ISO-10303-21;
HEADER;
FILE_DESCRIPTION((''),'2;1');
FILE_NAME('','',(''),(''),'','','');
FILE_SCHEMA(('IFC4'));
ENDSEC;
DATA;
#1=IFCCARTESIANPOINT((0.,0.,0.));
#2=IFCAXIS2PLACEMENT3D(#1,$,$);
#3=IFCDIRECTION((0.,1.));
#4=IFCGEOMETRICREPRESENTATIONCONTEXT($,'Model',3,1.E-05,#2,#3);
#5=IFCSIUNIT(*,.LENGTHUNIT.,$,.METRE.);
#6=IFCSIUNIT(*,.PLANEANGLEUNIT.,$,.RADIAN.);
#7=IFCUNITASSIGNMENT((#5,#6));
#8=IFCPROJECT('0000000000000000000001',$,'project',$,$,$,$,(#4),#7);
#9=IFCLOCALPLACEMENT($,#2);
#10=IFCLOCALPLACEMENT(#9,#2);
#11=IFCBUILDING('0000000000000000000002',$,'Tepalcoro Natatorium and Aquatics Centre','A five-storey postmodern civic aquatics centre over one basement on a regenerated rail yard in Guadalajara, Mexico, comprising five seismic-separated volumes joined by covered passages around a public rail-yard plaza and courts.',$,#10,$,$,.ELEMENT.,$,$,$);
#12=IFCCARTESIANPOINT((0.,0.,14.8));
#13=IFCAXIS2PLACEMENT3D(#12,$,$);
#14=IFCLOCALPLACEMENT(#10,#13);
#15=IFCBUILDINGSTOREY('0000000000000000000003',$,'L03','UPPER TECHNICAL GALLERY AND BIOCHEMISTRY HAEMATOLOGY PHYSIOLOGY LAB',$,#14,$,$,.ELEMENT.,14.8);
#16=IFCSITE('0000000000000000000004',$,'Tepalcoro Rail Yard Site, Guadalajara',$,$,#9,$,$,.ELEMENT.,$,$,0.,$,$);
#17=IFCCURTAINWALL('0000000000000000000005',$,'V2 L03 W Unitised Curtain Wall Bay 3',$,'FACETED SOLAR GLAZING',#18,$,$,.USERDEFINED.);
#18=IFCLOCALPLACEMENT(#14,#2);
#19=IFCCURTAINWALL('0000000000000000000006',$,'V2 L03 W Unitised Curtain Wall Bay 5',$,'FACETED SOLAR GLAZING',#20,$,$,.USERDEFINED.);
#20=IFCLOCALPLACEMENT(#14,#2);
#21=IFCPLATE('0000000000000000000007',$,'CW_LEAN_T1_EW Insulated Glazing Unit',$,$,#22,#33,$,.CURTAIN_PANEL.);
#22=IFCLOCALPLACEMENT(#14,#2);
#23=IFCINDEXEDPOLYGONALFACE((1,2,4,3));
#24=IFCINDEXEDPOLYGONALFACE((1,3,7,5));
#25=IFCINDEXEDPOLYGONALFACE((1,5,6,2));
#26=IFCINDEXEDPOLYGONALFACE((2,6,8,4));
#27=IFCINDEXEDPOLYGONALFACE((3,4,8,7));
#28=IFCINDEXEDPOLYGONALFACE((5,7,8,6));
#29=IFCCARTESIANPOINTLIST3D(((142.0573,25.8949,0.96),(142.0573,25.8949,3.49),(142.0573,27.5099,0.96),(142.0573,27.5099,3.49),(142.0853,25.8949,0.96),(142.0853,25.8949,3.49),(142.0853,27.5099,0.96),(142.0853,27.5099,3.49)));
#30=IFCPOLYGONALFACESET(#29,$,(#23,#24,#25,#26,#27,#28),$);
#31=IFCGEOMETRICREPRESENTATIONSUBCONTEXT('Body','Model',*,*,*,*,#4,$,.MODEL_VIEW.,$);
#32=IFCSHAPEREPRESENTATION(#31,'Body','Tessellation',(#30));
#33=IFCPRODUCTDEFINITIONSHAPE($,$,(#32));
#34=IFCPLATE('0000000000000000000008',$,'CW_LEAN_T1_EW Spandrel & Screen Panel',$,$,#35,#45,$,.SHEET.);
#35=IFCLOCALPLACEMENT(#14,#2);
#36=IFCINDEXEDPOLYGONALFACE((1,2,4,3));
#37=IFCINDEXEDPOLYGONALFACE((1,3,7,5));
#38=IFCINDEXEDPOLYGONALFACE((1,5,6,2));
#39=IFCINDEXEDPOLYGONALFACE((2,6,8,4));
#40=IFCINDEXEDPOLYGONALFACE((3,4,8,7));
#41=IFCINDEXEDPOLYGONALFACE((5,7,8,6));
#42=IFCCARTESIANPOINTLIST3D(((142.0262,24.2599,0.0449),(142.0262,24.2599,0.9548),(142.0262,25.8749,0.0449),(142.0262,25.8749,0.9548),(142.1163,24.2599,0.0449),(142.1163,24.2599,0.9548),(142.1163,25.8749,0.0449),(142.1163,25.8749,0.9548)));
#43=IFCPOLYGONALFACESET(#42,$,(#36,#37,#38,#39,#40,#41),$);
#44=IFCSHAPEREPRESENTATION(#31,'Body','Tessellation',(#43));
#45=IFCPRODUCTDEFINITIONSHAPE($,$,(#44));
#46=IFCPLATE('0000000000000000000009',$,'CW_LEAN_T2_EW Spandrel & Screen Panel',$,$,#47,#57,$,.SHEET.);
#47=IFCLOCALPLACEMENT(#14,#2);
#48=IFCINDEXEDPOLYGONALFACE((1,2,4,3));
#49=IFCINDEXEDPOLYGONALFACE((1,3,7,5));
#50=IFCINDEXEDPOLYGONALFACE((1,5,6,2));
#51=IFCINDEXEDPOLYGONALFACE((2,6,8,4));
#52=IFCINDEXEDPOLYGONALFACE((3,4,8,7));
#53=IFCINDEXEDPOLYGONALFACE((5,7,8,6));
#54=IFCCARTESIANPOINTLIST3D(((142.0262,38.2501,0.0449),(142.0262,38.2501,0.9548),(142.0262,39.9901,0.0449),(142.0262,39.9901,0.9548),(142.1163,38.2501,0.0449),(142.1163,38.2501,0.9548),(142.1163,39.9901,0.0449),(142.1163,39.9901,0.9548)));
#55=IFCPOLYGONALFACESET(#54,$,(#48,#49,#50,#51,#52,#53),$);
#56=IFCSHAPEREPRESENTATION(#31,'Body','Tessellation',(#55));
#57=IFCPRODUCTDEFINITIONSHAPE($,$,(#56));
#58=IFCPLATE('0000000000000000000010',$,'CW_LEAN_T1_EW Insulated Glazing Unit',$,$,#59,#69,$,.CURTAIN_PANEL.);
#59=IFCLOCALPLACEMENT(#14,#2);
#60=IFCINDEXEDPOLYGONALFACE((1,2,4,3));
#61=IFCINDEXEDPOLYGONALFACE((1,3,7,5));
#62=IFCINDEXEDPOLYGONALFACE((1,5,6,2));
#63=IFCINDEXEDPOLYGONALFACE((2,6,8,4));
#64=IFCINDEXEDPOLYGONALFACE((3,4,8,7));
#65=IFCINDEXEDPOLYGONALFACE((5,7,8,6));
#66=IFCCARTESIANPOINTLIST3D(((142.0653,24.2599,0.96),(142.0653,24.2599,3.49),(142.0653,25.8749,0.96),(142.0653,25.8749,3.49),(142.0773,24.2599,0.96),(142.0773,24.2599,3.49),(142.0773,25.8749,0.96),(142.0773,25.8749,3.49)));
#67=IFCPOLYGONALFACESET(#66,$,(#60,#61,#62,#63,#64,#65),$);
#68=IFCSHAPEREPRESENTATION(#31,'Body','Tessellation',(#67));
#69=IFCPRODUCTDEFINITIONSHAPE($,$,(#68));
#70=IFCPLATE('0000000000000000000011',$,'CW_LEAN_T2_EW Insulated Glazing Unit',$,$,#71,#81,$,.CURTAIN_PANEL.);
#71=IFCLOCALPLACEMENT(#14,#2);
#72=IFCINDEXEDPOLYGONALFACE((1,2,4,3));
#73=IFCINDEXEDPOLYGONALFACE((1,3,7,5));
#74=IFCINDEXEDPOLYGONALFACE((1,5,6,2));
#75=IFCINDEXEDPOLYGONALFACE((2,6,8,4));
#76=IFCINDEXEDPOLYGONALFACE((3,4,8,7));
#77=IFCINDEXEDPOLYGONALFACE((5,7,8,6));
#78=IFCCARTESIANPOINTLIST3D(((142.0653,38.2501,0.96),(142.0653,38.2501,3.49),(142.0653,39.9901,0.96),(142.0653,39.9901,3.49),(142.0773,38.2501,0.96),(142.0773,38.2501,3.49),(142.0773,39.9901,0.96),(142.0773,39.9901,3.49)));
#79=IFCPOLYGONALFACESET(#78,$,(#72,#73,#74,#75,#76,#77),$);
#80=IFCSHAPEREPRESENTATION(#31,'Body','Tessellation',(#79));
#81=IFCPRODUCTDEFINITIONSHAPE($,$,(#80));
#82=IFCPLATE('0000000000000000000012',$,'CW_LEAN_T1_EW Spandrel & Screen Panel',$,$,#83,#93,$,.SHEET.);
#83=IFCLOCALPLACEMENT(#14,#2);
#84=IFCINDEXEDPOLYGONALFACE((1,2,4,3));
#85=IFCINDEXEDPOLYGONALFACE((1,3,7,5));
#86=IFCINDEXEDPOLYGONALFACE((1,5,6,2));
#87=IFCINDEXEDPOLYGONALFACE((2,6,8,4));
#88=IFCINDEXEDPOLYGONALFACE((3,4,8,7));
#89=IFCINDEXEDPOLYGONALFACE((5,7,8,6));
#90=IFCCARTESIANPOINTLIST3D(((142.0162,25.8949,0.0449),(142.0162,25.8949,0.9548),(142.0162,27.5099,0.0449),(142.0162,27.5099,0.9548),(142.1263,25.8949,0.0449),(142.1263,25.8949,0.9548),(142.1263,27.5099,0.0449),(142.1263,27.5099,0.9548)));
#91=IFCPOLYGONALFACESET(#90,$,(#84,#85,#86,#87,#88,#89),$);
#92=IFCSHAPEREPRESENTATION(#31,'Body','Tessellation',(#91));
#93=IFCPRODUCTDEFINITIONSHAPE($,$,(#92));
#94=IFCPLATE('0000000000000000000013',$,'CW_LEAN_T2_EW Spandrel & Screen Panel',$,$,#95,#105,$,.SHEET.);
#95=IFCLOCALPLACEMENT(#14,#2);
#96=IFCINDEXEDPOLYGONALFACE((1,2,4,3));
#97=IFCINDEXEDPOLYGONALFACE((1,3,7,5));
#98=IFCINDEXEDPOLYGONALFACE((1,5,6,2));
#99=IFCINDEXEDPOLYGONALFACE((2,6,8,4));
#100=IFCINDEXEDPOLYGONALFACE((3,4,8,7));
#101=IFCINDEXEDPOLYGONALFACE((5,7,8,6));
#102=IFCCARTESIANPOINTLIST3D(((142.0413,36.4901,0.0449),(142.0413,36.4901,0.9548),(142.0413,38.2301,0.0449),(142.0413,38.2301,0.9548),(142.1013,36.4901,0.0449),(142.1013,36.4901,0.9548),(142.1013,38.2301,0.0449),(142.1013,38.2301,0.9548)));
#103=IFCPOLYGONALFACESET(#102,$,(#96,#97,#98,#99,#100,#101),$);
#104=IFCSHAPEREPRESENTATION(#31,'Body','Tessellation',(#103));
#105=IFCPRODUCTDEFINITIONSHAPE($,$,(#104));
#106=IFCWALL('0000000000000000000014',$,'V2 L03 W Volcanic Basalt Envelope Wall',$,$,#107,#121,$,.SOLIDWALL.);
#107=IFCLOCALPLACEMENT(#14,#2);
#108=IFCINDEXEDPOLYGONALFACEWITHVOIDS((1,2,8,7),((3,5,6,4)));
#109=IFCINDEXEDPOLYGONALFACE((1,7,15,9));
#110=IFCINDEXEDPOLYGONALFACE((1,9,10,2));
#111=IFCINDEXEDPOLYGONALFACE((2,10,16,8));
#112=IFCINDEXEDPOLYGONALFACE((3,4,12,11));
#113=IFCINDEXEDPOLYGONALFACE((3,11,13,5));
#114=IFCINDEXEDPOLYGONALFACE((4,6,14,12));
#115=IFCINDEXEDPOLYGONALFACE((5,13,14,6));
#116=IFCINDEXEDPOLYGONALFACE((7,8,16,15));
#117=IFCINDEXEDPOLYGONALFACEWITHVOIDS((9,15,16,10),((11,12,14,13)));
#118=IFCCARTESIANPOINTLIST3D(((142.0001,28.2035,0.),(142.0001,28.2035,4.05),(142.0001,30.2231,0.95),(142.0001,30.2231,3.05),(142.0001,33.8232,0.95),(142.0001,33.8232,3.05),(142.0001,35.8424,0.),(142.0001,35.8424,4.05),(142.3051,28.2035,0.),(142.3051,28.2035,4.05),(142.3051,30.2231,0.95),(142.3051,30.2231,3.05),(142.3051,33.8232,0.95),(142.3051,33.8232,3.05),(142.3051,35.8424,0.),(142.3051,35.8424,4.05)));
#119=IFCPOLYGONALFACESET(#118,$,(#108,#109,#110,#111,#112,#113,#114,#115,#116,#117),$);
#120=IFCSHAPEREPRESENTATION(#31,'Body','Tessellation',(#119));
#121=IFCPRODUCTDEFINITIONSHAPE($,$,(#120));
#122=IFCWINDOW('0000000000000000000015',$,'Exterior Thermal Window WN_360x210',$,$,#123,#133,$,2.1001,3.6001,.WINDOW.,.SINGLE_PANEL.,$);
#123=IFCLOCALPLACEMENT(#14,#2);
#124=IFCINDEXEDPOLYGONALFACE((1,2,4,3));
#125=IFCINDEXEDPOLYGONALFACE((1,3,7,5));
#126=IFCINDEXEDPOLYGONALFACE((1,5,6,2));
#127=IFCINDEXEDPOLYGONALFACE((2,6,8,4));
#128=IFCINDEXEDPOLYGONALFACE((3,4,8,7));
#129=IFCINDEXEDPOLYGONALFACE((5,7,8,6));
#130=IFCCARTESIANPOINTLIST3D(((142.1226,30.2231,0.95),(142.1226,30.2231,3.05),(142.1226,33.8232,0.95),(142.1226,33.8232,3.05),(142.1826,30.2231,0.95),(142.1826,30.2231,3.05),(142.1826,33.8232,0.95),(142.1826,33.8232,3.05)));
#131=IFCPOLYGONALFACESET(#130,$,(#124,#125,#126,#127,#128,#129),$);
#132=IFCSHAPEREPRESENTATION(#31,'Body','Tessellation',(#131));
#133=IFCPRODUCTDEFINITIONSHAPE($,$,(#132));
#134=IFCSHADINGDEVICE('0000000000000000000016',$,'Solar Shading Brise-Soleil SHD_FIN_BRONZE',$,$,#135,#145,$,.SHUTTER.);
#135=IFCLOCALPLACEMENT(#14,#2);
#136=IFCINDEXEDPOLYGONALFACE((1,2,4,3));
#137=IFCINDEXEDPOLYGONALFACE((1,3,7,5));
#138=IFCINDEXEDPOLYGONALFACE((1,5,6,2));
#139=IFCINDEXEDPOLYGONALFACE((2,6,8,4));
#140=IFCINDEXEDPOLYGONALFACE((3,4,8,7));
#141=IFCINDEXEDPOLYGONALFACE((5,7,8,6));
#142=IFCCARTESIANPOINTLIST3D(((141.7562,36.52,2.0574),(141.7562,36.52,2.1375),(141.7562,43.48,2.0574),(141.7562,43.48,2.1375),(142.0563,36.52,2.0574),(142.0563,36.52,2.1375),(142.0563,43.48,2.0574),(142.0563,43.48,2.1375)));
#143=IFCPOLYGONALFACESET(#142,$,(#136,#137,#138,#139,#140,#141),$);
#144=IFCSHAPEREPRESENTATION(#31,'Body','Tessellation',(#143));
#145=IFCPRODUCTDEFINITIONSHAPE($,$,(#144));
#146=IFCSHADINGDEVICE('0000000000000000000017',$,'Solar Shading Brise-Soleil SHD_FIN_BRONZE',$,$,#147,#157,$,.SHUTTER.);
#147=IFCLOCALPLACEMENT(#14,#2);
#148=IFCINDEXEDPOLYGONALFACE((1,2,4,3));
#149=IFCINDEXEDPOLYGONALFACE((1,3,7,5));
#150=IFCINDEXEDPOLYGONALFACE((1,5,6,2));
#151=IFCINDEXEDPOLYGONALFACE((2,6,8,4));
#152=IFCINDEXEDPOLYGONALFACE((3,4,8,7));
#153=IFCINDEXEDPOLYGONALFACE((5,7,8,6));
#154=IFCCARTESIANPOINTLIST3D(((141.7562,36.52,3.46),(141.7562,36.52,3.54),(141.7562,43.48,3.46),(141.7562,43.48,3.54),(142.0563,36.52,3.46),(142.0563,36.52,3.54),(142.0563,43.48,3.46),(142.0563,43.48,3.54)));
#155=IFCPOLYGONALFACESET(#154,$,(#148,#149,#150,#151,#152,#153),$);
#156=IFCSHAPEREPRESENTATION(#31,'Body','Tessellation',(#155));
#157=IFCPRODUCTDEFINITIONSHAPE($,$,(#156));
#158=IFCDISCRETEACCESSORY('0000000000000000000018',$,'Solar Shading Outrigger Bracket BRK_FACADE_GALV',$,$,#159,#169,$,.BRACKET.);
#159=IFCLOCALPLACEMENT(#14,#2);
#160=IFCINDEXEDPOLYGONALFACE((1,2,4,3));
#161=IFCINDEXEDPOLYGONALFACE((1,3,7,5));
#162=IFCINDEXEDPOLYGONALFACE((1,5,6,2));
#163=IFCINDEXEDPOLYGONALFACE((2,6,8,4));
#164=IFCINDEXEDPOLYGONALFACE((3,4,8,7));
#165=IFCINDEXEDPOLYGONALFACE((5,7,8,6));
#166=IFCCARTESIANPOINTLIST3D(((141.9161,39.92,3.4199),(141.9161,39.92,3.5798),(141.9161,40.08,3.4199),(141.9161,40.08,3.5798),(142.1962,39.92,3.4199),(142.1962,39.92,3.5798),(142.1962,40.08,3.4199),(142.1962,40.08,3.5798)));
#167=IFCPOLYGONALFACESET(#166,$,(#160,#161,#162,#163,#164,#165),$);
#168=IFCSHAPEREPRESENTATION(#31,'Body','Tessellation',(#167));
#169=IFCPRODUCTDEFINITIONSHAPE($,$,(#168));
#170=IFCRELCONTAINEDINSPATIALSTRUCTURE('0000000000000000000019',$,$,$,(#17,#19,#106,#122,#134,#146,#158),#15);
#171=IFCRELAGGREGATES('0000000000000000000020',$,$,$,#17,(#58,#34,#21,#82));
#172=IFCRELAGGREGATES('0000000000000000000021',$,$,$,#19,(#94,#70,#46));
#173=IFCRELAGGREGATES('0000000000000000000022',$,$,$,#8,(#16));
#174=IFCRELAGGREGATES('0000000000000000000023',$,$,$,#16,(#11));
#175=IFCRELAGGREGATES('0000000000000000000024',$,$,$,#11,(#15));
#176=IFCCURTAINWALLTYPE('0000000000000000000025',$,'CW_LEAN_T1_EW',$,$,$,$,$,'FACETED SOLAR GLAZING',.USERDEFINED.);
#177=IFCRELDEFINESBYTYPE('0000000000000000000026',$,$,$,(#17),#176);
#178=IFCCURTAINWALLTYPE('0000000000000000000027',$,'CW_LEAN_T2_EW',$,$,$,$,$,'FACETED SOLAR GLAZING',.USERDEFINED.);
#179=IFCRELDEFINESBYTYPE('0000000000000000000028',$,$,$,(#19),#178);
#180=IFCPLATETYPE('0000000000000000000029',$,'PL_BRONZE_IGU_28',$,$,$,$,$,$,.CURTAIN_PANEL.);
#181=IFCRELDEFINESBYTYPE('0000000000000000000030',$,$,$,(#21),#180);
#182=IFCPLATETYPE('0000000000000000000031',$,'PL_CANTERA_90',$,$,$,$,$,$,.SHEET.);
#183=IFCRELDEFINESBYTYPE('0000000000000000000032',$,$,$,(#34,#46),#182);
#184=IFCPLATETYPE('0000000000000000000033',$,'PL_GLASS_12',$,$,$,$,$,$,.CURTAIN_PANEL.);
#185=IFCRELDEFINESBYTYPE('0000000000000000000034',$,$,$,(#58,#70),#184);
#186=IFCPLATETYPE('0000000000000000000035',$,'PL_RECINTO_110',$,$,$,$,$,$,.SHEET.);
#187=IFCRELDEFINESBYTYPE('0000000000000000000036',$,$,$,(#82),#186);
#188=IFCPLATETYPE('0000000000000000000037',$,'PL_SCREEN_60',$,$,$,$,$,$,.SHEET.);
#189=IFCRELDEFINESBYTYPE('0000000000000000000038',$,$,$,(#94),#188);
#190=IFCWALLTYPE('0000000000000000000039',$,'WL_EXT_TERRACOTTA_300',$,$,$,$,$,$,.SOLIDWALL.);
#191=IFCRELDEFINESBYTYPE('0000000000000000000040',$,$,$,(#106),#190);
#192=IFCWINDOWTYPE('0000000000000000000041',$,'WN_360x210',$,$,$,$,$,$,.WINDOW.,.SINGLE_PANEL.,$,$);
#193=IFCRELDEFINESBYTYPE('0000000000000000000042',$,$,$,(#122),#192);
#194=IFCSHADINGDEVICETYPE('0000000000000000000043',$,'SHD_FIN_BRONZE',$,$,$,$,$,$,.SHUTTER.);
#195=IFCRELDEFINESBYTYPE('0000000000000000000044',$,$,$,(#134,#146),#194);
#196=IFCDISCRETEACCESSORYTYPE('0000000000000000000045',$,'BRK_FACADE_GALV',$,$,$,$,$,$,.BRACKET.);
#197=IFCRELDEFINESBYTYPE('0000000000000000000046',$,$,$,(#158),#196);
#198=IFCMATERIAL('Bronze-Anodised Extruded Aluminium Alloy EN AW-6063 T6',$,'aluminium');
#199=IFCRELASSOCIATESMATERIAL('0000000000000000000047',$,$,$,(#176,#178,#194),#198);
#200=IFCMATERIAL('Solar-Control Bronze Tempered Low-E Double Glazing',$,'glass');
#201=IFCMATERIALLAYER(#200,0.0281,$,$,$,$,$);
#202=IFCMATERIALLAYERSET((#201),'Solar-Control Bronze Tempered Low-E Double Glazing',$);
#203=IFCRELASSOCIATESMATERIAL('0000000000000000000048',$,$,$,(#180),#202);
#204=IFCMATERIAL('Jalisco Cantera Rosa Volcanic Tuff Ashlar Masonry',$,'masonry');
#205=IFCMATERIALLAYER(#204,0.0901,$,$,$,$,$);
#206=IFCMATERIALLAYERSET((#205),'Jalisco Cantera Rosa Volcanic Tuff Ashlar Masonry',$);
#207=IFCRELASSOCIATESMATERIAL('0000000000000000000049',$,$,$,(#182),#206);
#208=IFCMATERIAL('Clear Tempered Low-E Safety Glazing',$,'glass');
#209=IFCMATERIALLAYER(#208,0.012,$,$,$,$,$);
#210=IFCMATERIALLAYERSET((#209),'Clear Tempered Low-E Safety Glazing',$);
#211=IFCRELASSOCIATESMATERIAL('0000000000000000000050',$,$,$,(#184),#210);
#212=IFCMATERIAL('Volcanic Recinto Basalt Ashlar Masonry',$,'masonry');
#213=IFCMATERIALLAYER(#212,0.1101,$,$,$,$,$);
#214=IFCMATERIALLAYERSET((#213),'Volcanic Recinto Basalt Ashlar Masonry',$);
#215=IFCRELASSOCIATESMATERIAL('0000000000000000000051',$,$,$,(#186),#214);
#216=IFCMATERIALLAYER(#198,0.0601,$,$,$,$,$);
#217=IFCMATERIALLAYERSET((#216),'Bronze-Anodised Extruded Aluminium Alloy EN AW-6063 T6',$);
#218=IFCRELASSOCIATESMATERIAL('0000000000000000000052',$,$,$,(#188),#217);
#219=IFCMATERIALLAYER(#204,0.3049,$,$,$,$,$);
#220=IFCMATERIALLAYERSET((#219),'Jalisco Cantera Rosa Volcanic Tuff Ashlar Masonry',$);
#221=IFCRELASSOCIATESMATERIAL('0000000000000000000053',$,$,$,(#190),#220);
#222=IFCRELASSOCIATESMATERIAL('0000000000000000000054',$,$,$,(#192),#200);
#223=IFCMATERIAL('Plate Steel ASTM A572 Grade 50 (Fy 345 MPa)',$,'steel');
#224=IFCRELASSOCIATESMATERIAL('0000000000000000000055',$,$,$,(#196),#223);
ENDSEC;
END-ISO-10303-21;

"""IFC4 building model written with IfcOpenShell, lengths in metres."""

from ifc_helpers import new_model, si_unit, direction, frame, frame_2d, origin, origin_2d, place, context, subcontext, project, spatial, rectangle, extrude, material, layer, layer_set, type_object, element, fill, aggregate, save


model = new_model("IFC4")

# Units and contexts
model_context = context("Model", 3, precision=1e-05, world=origin(), true_north=direction((0.0, 1.0)))
body_context = subcontext(model_context, "Body", "Model", "MODEL_VIEW")
ifc_project = project(units=[si_unit("LENGTHUNIT", "METRE"), si_unit("PLANEANGLEUNIT", "RADIAN")], contexts=[model_context])

# Site, building, storey
site_placement = place(None, origin())
site = spatial("IfcSite", under=ifc_project, at=site_placement, Name="Tepalcoro Rail Yard Site, Guadalajara", CompositionType="ELEMENT", RefElevation=0.0)
building_placement = place(site_placement, origin())
building = spatial("IfcBuilding", under=site, at=building_placement, Name="Tepalcoro Natatorium and Aquatics Centre", Description="A five-storey postmodern civic aquatics centre over one basement on a regenerated rail yard in Guadalajara, Mexico, comprising five seismic-separated volumes joined by covered passages around a public rail-yard plaza and courts.", CompositionType="ELEMENT")
storey_placement = place(building_placement, frame((0.0, 0.0, 14.8)))
storey = spatial("IfcBuildingStorey", under=building, at=storey_placement, Name="L03", Description="UPPER TECHNICAL GALLERY AND BIOCHEMISTRY HAEMATOLOGY PHYSIOLOGY LAB", CompositionType="ELEMENT", Elevation=14.8)

# Curtain walls
ifc_material_1 = material(Name="Bronze-Anodised Extruded Aluminium Alloy EN AW-6063 T6", Category="aluminium")
curtain_wall_type_1 = type_object("IfcCurtainWallType", Name="CW_LEAN_T1_EW", ElementType="FACETED SOLAR GLAZING", PredefinedType="USERDEFINED", material=ifc_material_1)
curtain_wall_1_placement = place(storey_placement, origin())
curtain_wall_1 = element("IfcCurtainWall", 1, at=curtain_wall_1_placement, inside=storey, type_object=curtain_wall_type_1, Name="V2 L03 W Unitised Curtain Wall Bay 3", ObjectType="FACETED SOLAR GLAZING", PredefinedType="USERDEFINED")
curtain_wall_type_2 = type_object("IfcCurtainWallType", Name="CW_LEAN_T2_EW", ElementType="FACETED SOLAR GLAZING", PredefinedType="USERDEFINED", material=ifc_material_1)
curtain_wall_2_placement = place(storey_placement, origin())
curtain_wall_2 = element("IfcCurtainWall", 2, at=curtain_wall_2_placement, inside=storey, type_object=curtain_wall_type_2, Name="V2 L03 W Unitised Curtain Wall Bay 5", ObjectType="FACETED SOLAR GLAZING", PredefinedType="USERDEFINED")

# Plates
ifc_material_2 = material(Name="Solar-Control Bronze Tempered Low-E Double Glazing", Category="glass")
ifc_layer_1 = layer(ifc_material_2, 0.0281)
ifc_layer_set_1 = layer_set([ifc_layer_1], Name="Solar-Control Bronze Tempered Low-E Double Glazing")
plate_type_1 = type_object("IfcPlateType", Name="PL_BRONZE_IGU_28", PredefinedType="CURTAIN_PANEL", material=ifc_layer_set_1)
plate_1_placement = place(storey_placement, frame((142.0713, 26.7024, 0.96), z_axis=(0.0, 0.0, 1.0), x_axis=(1.0, 0.0, 0.0)))
plate_1 = element("IfcPlate", 3, at=plate_1_placement, type_object=plate_type_1, Name="CW_LEAN_T1_EW Insulated Glazing Unit", PredefinedType="CURTAIN_PANEL", context=body_context, shape_type="SweptSolid", body=[
    extrude(rectangle(XDim=0.0281, YDim=1.615, at=origin_2d()), origin(), (0.0, 0.0, 1.0), 2.53),
])
ifc_material_3 = material(Name="Jalisco Cantera Rosa Volcanic Tuff Ashlar Masonry", Category="masonry")
ifc_layer_2 = layer(ifc_material_3, 0.0901)
ifc_layer_set_2 = layer_set([ifc_layer_2], Name="Jalisco Cantera Rosa Volcanic Tuff Ashlar Masonry")
plate_type_2 = type_object("IfcPlateType", Name="PL_CANTERA_90", PredefinedType="SHEET", material=ifc_layer_set_2)
plate_2_placement = place(storey_placement, frame((142.0713, 25.0674, 0.0449), z_axis=(0.0, 0.0, 1.0), x_axis=(1.0, 0.0, 0.0)))
plate_2 = element("IfcPlate", 4, at=plate_2_placement, type_object=plate_type_2, Name="CW_LEAN_T1_EW Spandrel & Screen Panel", PredefinedType="SHEET", context=body_context, shape_type="SweptSolid", body=[
    extrude(rectangle(XDim=0.0901, YDim=1.615, at=origin_2d()), origin(), (0.0, 0.0, 1.0), 0.9099),
])
plate_3_placement = place(storey_placement, frame((142.0713, 39.1201, 0.0449), z_axis=(0.0, 0.0, 1.0), x_axis=(1.0, 0.0, 0.0)))
plate_3 = element("IfcPlate", 5, at=plate_3_placement, type_object=plate_type_2, Name="CW_LEAN_T2_EW Spandrel & Screen Panel", PredefinedType="SHEET", context=body_context, shape_type="SweptSolid", body=[
    extrude(rectangle(XDim=0.0901, YDim=1.74, at=origin_2d()), origin(), (0.0, 0.0, 1.0), 0.9099),
])
ifc_material_4 = material(Name="Clear Tempered Low-E Safety Glazing", Category="glass")
ifc_layer_3 = layer(ifc_material_4, 0.012)
ifc_layer_set_3 = layer_set([ifc_layer_3], Name="Clear Tempered Low-E Safety Glazing")
plate_type_3 = type_object("IfcPlateType", Name="PL_GLASS_12", PredefinedType="CURTAIN_PANEL", material=ifc_layer_set_3)
plate_4_placement = place(storey_placement, frame((142.0713, 25.0674, 0.96), z_axis=(0.0, 0.0, 1.0), x_axis=(1.0, 0.0, 0.0)))
plate_4 = element("IfcPlate", 6, at=plate_4_placement, type_object=plate_type_3, Name="CW_LEAN_T1_EW Insulated Glazing Unit", PredefinedType="CURTAIN_PANEL", context=body_context, shape_type="SweptSolid", body=[
    extrude(rectangle(XDim=0.012, YDim=1.615, at=origin_2d()), origin(), (0.0, 0.0, 1.0), 2.53),
])
plate_5_placement = place(storey_placement, frame((142.0713, 39.1201, 0.96), z_axis=(0.0, 0.0, 1.0), x_axis=(1.0, 0.0, 0.0)))
plate_5 = element("IfcPlate", 7, at=plate_5_placement, type_object=plate_type_3, Name="CW_LEAN_T2_EW Insulated Glazing Unit", PredefinedType="CURTAIN_PANEL", context=body_context, shape_type="SweptSolid", body=[
    extrude(rectangle(XDim=0.012, YDim=1.74, at=origin_2d()), origin(), (0.0, 0.0, 1.0), 2.53),
])
ifc_material_5 = material(Name="Volcanic Recinto Basalt Ashlar Masonry", Category="masonry")
ifc_layer_4 = layer(ifc_material_5, 0.1101)
ifc_layer_set_4 = layer_set([ifc_layer_4], Name="Volcanic Recinto Basalt Ashlar Masonry")
plate_type_4 = type_object("IfcPlateType", Name="PL_RECINTO_110", PredefinedType="SHEET", material=ifc_layer_set_4)
plate_6_placement = place(storey_placement, frame((142.0713, 26.7024, 0.0449), z_axis=(0.0, 0.0, 1.0), x_axis=(1.0, 0.0, 0.0)))
plate_6 = element("IfcPlate", 8, at=plate_6_placement, type_object=plate_type_4, Name="CW_LEAN_T1_EW Spandrel & Screen Panel", PredefinedType="SHEET", context=body_context, shape_type="SweptSolid", body=[
    extrude(rectangle(XDim=0.1101, YDim=1.615, at=origin_2d()), origin(), (0.0, 0.0, 1.0), 0.9099),
])
aggregate(curtain_wall_1, [plate_4, plate_2, plate_1, plate_6])
ifc_layer_5 = layer(ifc_material_1, 0.0601)
ifc_layer_set_5 = layer_set([ifc_layer_5], Name="Bronze-Anodised Extruded Aluminium Alloy EN AW-6063 T6")
plate_type_5 = type_object("IfcPlateType", Name="PL_SCREEN_60", PredefinedType="SHEET", material=ifc_layer_set_5)
plate_7_placement = place(storey_placement, frame((142.0713, 37.3601, 0.0449), z_axis=(0.0, 0.0, 1.0), x_axis=(1.0, 0.0, 0.0)))
plate_7 = element("IfcPlate", 9, at=plate_7_placement, type_object=plate_type_5, Name="CW_LEAN_T2_EW Spandrel & Screen Panel", PredefinedType="SHEET", context=body_context, shape_type="SweptSolid", body=[
    extrude(rectangle(XDim=0.0601, YDim=1.74, at=origin_2d()), origin(), (0.0, 0.0, 1.0), 0.9099),
])
aggregate(curtain_wall_2, [plate_7, plate_5, plate_3])

# Wall, opening, window
ifc_layer_6 = layer(ifc_material_3, 0.3049)
ifc_layer_set_6 = layer_set([ifc_layer_6], Name="Jalisco Cantera Rosa Volcanic Tuff Ashlar Masonry")
wall_type = type_object("IfcWallType", Name="WL_EXT_TERRACOTTA_300", PredefinedType="SOLIDWALL", material=ifc_layer_set_6)
wall_placement = place(storey_placement, frame((142.1526, 28.2036, 0.0), z_axis=(0.0, 0.0, 1.0), x_axis=(0.0, 1.0, 0.0)))
wall = element("IfcWall", 10, at=wall_placement, inside=storey, type_object=wall_type, Name="V2 L03 W Volcanic Basalt Envelope Wall", PredefinedType="SOLIDWALL", context=body_context, shape_type="SweptSolid", body=[
    extrude(rectangle(XDim=7.6389, YDim=0.3049, at=frame_2d((3.8193, 0.0))), origin(), (0.0, 0.0, 1.0), 4.05),
])
opening_placement = place(wall_placement, frame((2.0195, 0.0, 0.95)))
opening = element("IfcOpeningElement", 11, at=opening_placement, cuts=wall, PredefinedType="OPENING", context=body_context, shape_type="SweptSolid", body=[
    extrude(rectangle(XDim=3.6001, YDim=2.1001, at=frame_2d((1.8, 1.05))), frame((0.0, 0.1646, 0.0), z_axis=(0.0, -1.0, 0.0), x_axis=(1.0, 0.0, 0.0)), (0.0, 0.0, 1.0), 0.3289),
])
window_type = type_object("IfcWindowType", Name="WN_360x210", PartitioningType="SINGLE_PANEL", PredefinedType="WINDOW", material=ifc_material_2)
window_placement = place(opening_placement, origin())
window = element("IfcWindow", 12, at=window_placement, inside=storey, type_object=window_type, Name="Exterior Thermal Window WN_360x210", OverallHeight=2.1001, OverallWidth=3.6001, PartitioningType="SINGLE_PANEL", PredefinedType="WINDOW", context=body_context, shape_type="SweptSolid", body=[
    extrude(rectangle(XDim=3.6001, YDim=2.1001, at=frame_2d((1.8, 1.05))), frame((0.0, 0.03, 0.0), z_axis=(0.0, -1.0, 0.0), x_axis=(1.0, 0.0, 0.0)), (0.0, 0.0, 1.0), 0.0601),
])
fill(opening, window)

# Shading devices
shading_device_type = type_object("IfcShadingDeviceType", Name="SHD_FIN_BRONZE", PredefinedType="SHUTTER", material=ifc_material_1)
for number, where, z_axis, x_axis, name in (
    (13, (141.9062, 40.0, 2.0574), (0.0, 0.0, 1.0), (1.0, 0.0, 0.0), "Solar Shading Brise-Soleil SHD_FIN_BRONZE"),
    (14, (141.9062, 40.0, 3.46), (0.0, 0.0, 1.0), (1.0, 0.0, 0.0), "Solar Shading Brise-Soleil SHD_FIN_BRONZE"),
):
    element("IfcShadingDevice", number, at=place(storey_placement, frame(where, z_axis=z_axis, x_axis=x_axis)), inside=storey, type_object=shading_device_type, Name=name, PredefinedType="SHUTTER", context=body_context, shape_type="SweptSolid", body=[
        extrude(rectangle(XDim=0.3, YDim=6.96, at=origin_2d()), origin(), (0.0, 0.0, 1.0), 0.0801),
    ])

# Discrete accessory
ifc_material_6 = material(Name="Plate Steel ASTM A572 Grade 50 (Fy 345 MPa)", Category="steel")
discrete_accessory_type = type_object("IfcDiscreteAccessoryType", Name="BRK_FACADE_GALV", PredefinedType="BRACKET", material=ifc_material_6)
discrete_accessory_placement = place(storey_placement, frame((142.0562, 40.0, 3.4199), z_axis=(0.0, 0.0, 1.0), x_axis=(1.0, 0.0, 0.0)))
element("IfcDiscreteAccessory", 15, at=discrete_accessory_placement, inside=storey, type_object=discrete_accessory_type, Name="Solar Shading Outrigger Bracket BRK_FACADE_GALV", PredefinedType="BRACKET", context=body_context, shape_type="SweptSolid", body=[
    extrude(rectangle(XDim=0.28, YDim=0.1599, at=origin_2d()), origin(), (0.0, 0.0, 1.0), 0.1599),
])

save(model, "model.ifc")
